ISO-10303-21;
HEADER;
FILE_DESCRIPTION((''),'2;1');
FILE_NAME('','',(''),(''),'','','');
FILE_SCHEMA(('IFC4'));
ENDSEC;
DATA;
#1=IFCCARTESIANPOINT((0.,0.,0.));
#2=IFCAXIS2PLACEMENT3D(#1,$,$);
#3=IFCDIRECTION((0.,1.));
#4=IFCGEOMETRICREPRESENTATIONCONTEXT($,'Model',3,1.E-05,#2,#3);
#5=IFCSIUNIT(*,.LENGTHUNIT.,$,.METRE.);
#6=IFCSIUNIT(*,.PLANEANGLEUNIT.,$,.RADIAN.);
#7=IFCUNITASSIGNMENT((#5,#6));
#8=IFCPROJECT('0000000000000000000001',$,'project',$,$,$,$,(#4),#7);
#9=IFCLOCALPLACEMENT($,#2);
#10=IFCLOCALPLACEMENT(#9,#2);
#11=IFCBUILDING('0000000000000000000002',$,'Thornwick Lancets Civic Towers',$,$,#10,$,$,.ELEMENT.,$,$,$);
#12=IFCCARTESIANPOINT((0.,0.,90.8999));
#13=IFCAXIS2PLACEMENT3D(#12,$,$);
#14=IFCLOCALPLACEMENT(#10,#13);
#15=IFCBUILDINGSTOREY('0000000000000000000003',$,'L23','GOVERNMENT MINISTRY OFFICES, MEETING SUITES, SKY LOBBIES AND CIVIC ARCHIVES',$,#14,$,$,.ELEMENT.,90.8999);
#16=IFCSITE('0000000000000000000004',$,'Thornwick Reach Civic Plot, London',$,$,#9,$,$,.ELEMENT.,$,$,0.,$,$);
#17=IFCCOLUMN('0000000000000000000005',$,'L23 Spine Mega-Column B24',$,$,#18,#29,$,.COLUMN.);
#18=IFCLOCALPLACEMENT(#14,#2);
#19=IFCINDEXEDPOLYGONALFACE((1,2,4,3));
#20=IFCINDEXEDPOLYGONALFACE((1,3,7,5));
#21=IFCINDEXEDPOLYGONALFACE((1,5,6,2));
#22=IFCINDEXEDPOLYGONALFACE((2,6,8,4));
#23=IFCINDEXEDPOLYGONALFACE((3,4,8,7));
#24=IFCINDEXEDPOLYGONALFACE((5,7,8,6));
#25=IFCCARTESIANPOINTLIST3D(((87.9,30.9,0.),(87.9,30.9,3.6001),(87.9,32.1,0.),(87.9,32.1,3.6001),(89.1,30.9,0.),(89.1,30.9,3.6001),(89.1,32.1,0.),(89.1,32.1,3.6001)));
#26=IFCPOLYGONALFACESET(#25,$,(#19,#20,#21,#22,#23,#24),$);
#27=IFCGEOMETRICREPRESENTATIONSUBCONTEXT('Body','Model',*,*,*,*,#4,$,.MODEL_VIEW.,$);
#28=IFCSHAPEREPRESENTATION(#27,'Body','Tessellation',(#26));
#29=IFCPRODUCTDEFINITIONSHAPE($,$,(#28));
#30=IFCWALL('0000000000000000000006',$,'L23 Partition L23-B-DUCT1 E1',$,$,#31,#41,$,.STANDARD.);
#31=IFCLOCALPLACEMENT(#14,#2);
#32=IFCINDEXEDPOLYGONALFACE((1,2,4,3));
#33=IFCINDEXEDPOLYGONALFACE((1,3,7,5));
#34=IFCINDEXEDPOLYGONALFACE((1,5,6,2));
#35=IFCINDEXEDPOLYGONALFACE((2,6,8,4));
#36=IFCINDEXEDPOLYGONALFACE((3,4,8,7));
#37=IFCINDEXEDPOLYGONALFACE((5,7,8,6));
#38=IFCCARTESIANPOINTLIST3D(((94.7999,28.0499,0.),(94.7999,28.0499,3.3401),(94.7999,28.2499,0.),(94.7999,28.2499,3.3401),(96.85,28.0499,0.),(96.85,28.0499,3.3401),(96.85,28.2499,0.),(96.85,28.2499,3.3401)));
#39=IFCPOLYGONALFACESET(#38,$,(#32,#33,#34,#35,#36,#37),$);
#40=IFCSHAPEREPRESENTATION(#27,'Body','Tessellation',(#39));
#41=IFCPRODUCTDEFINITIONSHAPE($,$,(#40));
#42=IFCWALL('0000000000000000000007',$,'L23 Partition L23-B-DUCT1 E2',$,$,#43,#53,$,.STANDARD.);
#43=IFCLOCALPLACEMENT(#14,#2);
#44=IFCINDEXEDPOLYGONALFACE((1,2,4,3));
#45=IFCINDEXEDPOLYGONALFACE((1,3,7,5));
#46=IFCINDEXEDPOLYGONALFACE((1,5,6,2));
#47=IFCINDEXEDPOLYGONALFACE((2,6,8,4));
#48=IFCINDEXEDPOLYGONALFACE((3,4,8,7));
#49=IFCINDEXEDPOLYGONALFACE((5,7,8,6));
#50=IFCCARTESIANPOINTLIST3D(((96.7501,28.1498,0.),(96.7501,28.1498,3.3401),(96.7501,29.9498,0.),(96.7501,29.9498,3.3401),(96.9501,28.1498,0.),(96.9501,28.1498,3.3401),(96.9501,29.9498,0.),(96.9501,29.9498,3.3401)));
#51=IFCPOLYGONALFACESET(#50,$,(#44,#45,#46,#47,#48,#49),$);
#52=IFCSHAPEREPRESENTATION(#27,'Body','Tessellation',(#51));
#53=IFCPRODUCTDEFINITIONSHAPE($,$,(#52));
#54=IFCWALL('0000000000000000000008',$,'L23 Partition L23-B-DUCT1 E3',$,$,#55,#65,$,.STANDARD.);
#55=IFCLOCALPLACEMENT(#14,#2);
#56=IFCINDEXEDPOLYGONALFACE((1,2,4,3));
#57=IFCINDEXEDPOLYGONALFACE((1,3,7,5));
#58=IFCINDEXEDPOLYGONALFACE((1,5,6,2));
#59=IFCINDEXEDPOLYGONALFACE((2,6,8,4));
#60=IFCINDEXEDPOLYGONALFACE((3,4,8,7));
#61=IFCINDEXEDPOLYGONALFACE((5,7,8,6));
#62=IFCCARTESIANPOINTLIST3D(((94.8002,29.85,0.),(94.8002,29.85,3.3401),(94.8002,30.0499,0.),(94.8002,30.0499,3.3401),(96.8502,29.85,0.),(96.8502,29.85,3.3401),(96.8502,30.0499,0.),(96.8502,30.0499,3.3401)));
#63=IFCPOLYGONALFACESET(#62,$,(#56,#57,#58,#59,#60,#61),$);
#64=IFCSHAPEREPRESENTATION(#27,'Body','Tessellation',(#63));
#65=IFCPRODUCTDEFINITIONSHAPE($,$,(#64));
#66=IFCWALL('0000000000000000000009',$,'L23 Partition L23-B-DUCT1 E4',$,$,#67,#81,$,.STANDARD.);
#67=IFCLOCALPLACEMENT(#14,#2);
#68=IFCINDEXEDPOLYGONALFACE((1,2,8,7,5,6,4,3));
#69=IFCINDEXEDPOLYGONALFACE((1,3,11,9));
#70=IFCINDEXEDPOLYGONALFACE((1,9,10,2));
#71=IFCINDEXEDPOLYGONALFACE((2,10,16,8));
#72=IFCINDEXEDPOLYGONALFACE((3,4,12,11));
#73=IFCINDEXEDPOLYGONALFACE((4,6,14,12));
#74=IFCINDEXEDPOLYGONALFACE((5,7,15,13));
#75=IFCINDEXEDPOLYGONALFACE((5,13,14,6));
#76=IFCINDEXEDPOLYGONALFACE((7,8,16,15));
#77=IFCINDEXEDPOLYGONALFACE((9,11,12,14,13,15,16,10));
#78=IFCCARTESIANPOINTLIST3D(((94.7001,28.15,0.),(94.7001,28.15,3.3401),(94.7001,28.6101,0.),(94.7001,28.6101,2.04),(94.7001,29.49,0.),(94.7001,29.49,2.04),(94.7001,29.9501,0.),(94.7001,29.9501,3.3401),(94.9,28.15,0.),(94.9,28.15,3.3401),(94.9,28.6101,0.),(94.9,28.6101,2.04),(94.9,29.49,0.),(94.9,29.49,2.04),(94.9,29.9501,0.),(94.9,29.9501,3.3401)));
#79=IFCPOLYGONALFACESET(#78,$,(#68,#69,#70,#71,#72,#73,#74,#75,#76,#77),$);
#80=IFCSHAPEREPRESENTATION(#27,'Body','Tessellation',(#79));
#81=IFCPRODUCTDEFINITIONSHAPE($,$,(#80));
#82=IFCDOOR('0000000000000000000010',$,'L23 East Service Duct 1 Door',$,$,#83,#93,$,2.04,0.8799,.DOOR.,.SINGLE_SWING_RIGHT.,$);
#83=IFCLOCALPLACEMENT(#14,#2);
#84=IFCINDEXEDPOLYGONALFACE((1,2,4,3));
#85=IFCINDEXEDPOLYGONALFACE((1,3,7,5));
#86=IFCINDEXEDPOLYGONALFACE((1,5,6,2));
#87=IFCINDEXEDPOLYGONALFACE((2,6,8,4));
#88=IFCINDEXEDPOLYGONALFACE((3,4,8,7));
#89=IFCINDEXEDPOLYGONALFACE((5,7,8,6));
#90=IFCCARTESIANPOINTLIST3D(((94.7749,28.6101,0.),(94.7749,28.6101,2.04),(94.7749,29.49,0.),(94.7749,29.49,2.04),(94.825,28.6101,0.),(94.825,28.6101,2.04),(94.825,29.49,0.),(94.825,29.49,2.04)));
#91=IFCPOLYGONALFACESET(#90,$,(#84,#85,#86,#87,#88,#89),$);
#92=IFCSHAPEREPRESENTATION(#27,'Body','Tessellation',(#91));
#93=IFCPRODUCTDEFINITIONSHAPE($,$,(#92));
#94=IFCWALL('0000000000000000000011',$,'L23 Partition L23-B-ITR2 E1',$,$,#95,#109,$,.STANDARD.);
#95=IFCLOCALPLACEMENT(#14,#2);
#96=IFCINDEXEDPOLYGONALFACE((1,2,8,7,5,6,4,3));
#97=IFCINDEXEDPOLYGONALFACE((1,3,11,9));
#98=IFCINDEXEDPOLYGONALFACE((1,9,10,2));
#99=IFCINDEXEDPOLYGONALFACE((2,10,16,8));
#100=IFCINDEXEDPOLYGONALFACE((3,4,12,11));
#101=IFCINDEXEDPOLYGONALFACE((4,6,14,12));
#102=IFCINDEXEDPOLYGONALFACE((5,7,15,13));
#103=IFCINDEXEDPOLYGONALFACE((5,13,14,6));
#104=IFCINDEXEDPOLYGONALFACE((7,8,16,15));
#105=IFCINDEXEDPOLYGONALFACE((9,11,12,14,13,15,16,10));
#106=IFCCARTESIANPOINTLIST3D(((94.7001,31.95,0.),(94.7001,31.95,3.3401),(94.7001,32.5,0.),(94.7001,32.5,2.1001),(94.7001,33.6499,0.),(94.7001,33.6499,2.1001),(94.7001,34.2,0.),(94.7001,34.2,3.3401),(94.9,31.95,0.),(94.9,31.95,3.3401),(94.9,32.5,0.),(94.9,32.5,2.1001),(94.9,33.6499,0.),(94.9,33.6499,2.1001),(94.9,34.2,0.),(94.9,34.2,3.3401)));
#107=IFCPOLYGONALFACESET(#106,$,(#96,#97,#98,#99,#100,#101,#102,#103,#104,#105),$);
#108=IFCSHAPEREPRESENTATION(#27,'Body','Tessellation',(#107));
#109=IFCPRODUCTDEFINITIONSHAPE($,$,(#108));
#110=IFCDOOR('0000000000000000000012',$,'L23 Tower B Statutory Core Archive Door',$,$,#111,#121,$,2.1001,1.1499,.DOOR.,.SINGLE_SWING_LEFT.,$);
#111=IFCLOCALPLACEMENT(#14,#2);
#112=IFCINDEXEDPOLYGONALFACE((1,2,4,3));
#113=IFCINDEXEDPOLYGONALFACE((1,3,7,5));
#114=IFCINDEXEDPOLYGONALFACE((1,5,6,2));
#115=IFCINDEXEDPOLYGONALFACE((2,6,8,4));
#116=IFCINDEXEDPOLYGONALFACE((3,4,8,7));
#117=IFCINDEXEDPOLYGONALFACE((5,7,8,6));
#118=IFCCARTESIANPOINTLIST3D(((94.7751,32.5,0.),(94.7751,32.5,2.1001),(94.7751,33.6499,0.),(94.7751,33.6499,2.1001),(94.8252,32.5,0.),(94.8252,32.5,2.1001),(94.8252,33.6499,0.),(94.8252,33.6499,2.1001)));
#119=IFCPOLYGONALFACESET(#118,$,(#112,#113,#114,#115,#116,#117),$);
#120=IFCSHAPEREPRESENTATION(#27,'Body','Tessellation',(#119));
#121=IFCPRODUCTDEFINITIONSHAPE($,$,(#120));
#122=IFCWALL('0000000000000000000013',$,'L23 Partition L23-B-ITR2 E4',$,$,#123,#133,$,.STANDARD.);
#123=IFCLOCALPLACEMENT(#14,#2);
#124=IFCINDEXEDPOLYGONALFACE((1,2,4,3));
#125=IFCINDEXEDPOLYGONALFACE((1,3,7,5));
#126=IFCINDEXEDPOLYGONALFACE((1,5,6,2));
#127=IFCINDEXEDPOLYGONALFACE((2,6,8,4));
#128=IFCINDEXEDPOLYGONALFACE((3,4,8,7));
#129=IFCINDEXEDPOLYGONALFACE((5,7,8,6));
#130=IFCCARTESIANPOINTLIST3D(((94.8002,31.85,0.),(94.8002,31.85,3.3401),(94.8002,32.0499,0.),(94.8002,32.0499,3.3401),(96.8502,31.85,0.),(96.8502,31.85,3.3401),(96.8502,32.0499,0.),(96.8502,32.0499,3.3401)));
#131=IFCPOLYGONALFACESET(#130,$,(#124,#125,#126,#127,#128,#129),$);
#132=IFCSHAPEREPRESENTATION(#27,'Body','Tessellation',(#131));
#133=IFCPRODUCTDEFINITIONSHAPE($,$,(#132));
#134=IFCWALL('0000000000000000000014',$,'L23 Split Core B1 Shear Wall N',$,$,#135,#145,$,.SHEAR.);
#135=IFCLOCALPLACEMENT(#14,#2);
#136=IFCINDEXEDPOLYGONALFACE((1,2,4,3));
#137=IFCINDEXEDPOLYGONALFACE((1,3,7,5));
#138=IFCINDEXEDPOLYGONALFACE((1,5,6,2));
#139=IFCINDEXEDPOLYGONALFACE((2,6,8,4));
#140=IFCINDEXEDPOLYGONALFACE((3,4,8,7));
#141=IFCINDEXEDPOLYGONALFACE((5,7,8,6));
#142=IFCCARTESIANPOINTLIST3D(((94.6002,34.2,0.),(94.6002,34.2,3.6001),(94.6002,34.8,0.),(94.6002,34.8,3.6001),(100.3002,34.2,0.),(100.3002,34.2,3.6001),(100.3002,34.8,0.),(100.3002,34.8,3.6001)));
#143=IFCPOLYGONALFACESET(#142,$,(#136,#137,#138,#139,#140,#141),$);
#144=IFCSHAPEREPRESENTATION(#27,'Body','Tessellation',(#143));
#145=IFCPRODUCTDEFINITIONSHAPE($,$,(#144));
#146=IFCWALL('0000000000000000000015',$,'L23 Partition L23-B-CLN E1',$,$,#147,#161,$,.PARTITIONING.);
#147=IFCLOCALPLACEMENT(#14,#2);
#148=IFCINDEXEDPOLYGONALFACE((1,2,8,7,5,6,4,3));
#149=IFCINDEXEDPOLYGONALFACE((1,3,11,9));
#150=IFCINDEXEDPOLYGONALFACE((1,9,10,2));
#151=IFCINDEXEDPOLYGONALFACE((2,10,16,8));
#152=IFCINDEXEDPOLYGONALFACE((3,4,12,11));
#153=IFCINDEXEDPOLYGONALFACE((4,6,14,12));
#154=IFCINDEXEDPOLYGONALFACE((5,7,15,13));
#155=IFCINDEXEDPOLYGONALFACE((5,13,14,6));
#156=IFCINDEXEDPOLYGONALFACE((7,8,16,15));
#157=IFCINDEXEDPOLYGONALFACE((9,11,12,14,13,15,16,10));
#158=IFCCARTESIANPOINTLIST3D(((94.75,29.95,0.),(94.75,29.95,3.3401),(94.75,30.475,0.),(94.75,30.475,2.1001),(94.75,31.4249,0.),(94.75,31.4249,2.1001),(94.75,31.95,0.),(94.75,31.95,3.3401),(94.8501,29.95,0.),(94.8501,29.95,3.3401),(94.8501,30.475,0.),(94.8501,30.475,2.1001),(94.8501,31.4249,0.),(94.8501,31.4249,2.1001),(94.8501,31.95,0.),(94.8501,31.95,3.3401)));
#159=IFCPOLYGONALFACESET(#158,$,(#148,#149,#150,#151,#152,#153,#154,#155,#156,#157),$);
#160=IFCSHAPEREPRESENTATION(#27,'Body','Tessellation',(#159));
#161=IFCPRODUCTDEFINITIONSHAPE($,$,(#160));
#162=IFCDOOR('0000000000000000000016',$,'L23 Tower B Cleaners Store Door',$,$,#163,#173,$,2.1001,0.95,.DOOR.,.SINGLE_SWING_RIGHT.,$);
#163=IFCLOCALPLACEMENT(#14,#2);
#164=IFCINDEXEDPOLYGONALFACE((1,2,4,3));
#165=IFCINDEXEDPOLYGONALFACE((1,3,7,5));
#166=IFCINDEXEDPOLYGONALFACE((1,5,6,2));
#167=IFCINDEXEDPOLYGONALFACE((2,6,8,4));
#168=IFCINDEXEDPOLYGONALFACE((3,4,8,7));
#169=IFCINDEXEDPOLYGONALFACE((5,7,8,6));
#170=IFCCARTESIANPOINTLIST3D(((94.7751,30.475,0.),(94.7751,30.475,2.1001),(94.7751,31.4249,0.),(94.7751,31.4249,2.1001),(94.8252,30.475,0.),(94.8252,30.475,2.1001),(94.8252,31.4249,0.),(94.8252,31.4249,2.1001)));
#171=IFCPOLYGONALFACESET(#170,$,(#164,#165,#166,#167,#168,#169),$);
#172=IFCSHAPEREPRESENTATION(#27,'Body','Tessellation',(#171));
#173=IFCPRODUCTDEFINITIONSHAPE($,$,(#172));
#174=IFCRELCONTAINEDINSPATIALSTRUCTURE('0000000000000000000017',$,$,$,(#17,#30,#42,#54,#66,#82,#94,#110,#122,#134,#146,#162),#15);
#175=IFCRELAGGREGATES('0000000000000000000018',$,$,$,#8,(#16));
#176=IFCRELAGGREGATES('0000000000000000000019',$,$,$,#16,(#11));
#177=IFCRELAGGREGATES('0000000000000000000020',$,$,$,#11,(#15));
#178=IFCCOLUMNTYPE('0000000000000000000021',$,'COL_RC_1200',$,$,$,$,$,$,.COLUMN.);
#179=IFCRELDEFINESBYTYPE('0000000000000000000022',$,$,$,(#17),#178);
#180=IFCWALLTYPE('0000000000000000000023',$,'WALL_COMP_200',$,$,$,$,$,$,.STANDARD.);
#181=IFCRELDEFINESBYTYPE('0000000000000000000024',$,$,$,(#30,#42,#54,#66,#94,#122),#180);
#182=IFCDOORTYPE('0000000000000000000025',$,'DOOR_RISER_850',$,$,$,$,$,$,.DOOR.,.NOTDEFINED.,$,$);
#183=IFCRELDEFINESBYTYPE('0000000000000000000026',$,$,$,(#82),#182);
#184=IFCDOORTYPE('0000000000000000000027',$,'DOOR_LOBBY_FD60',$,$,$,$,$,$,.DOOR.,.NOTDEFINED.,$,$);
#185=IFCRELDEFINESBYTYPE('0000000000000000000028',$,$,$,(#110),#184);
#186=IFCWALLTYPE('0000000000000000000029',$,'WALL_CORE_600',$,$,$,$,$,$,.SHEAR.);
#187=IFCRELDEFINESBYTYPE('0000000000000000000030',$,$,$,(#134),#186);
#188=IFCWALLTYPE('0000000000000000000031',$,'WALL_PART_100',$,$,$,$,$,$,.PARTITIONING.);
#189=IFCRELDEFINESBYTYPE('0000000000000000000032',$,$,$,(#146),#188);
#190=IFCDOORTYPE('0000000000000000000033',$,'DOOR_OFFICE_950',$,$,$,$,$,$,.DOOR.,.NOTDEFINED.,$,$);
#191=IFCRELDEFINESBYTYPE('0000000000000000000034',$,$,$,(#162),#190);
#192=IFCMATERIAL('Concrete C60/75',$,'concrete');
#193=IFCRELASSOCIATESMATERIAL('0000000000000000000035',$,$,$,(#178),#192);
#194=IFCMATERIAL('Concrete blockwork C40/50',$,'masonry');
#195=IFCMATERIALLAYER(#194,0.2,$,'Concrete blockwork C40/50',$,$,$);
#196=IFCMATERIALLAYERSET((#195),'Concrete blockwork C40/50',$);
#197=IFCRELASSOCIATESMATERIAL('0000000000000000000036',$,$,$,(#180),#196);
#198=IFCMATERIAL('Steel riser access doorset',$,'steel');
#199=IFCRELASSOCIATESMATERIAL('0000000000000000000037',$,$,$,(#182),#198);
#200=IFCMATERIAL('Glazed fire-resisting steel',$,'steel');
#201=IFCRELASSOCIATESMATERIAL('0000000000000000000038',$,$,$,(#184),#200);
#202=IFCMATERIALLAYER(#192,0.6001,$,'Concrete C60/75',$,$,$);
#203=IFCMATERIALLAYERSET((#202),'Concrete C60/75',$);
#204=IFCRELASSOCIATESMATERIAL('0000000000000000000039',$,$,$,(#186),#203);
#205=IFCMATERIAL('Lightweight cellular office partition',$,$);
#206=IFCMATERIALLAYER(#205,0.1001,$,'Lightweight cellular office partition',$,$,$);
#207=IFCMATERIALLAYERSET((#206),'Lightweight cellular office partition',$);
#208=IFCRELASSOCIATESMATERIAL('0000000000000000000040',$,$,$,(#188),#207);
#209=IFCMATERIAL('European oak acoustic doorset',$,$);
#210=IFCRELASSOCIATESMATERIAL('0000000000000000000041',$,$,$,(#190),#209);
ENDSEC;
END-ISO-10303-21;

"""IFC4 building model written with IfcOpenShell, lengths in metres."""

from ifc_helpers import new_model, si_unit, direction, frame, frame_2d, origin, origin_2d, place, context, subcontext, project, spatial, rectangle, extrude, material, layer, layer_set, material_profile, profile_set, type_object, element, fill, save


model = new_model("IFC4")

# Units and contexts
model_context = context("Model", 3, precision=1e-05, world=origin(), true_north=direction((0.0, 1.0)))
body_context = subcontext(model_context, "Body", "Model", "MODEL_VIEW")
ifc_project = project(units=[si_unit("LENGTHUNIT", "METRE"), si_unit("PLANEANGLEUNIT", "RADIAN")], contexts=[model_context])

# Site, building, storey
site_placement = place(None, origin())
site = spatial("IfcSite", under=ifc_project, at=site_placement, Name="Thornwick Reach Civic Plot, London", CompositionType="ELEMENT", RefElevation=0.0)
building_placement = place(site_placement, origin())
building = spatial("IfcBuilding", under=site, at=building_placement, Name="Thornwick Lancets Civic Towers", CompositionType="ELEMENT")
storey_placement = place(building_placement, frame((0.0, 0.0, 90.8999)))
storey = spatial("IfcBuildingStorey", under=building, at=storey_placement, Name="L23", Description="GOVERNMENT MINISTRY OFFICES, MEETING SUITES, SKY LOBBIES AND CIVIC ARCHIVES", CompositionType="ELEMENT", Elevation=90.8999)

# Column
ifc_material_1 = material(Name="Concrete C60/75", Category="concrete")
ifc_material_profile = material_profile(ifc_material_1, rectangle(XDim=1.2, YDim=1.2, at=origin_2d()), Name="RC 1200x1200")
ifc_profile_set = profile_set([ifc_material_profile], Name="Concrete C60/75")
column_type = type_object("IfcColumnType", Name="COL_RC_1200", PredefinedType="COLUMN", material=ifc_profile_set)
column_placement = place(storey_placement, frame((88.5, 31.5, 0.0), z_axis=(0.0, 0.0, 1.0), x_axis=(1.0, 0.0, 0.0)))
element("IfcColumn", 1, at=column_placement, inside=storey, type_object=column_type, Name="L23 Spine Mega-Column B24", PredefinedType="COLUMN", context=body_context, shape_type="SweptSolid", body=[
    extrude(rectangle(XDim=1.2, YDim=1.2, at=origin_2d()), origin(), (0.0, 0.0, 1.0), 3.6001),
])

# Walls
ifc_material_2 = material(Name="Concrete blockwork C40/50", Category="masonry")
ifc_layer_1 = layer(ifc_material_2, 0.2, Name="Concrete blockwork C40/50")
ifc_layer_set_1 = layer_set([ifc_layer_1], Name="Concrete blockwork C40/50")
wall_type_1 = type_object("IfcWallType", Name="WALL_COMP_200", PredefinedType="STANDARD", material=ifc_layer_set_1)
wall_1_placement = place(storey_placement, frame((94.8, 28.1499, 0.0), z_axis=(0.0, 0.0, 1.0), x_axis=(1.0, 0.0, 0.0)))
element("IfcWall", 2, at=wall_1_placement, inside=storey, type_object=wall_type_1, Name="L23 Partition L23-B-DUCT1 E1", PredefinedType="STANDARD", context=body_context, shape_type="SweptSolid", body=[
    extrude(rectangle(XDim=2.05, YDim=0.2, at=frame_2d((1.0249, 0.0))), origin(), (0.0, 0.0, 1.0), 3.3401),
])
wall_2_placement = place(storey_placement, frame((96.8501, 28.1499, 0.0), z_axis=(0.0, 0.0, 1.0), x_axis=(0.0, 1.0, 0.0)))
element("IfcWall", 3, at=wall_2_placement, inside=storey, type_object=wall_type_1, Name="L23 Partition L23-B-DUCT1 E2", PredefinedType="STANDARD", context=body_context, shape_type="SweptSolid", body=[
    extrude(rectangle(XDim=1.8, YDim=0.2, at=frame_2d((0.8999, 0.0))), origin(), (0.0, 0.0, 1.0), 3.3401),
])
wall_3_placement = place(storey_placement, frame((96.8501, 29.95, 0.0), z_axis=(0.0, 0.0, 1.0), x_axis=(-1.0, 0.0, 0.0)))
element("IfcWall", 4, at=wall_3_placement, inside=storey, type_object=wall_type_1, Name="L23 Partition L23-B-DUCT1 E3", PredefinedType="STANDARD", context=body_context, shape_type="SweptSolid", body=[
    extrude(rectangle(XDim=2.05, YDim=0.2, at=frame_2d((1.0249, 0.0))), origin(), (0.0, 0.0, 1.0), 3.3401),
])

# Walls, openings, doors
wall_4_placement = place(storey_placement, frame((94.8, 29.95, 0.0), z_axis=(0.0, 0.0, 1.0), x_axis=(0.0, -1.0, 0.0)))
wall_4 = element("IfcWall", 5, at=wall_4_placement, inside=storey, type_object=wall_type_1, Name="L23 Partition L23-B-DUCT1 E4", PredefinedType="STANDARD", context=body_context, shape_type="SweptSolid", body=[
    extrude(rectangle(XDim=1.8, YDim=0.2, at=frame_2d((0.8999, 0.0))), origin(), (0.0, 0.0, 1.0), 3.3401),
])
opening_1_placement = place(wall_4_placement, frame((0.46, 0.0, 0.0)))
opening_1 = element("IfcOpeningElement", 6, at=opening_1_placement, cuts=wall_4, PredefinedType="OPENING", context=body_context, shape_type="SweptSolid", body=[
    extrude(rectangle(XDim=0.8799, YDim=2.04, at=frame_2d((0.4399, 1.02))), frame((0.0, 0.1099, 0.0), z_axis=(0.0, -1.0, 0.0), x_axis=(1.0, 0.0, 0.0)), (0.0, 0.0, 1.0), 0.22),
])
ifc_material_3 = material(Name="Steel riser access doorset", Category="steel")
door_type_1 = type_object("IfcDoorType", Name="DOOR_RISER_850", OperationType="NOTDEFINED", PredefinedType="DOOR", material=ifc_material_3)
door_1_placement = place(opening_1_placement, origin())
door_1 = element("IfcDoor", 7, at=door_1_placement, inside=storey, type_object=door_type_1, Name="L23 East Service Duct 1 Door", OperationType="SINGLE_SWING_RIGHT", OverallHeight=2.04, OverallWidth=0.8799, PredefinedType="DOOR", context=body_context, shape_type="SweptSolid", body=[
    extrude(rectangle(XDim=0.8799, YDim=2.04, at=frame_2d((0.4399, 1.02))), frame((0.0, 0.0249, 0.0), z_axis=(0.0, -1.0, 0.0), x_axis=(1.0, 0.0, 0.0)), (0.0, 0.0, 1.0), 0.05),
])
fill(opening_1, door_1)
wall_5_placement = place(storey_placement, frame((94.8, 31.95, 0.0), z_axis=(0.0, 0.0, 1.0), x_axis=(0.0, 1.0, 0.0)))
wall_5 = element("IfcWall", 8, at=wall_5_placement, inside=storey, type_object=wall_type_1, Name="L23 Partition L23-B-ITR2 E1", PredefinedType="STANDARD", context=body_context, shape_type="SweptSolid", body=[
    extrude(rectangle(XDim=2.25, YDim=0.2, at=frame_2d((1.125, 0.0))), origin(), (0.0, 0.0, 1.0), 3.3401),
])
opening_2_placement = place(wall_5_placement, frame((0.55, 0.0, 0.0)))
opening_2 = element("IfcOpeningElement", 9, at=opening_2_placement, cuts=wall_5, PredefinedType="OPENING", context=body_context, shape_type="SweptSolid", body=[
    extrude(rectangle(XDim=1.1499, YDim=2.1001, at=frame_2d((0.575, 1.05))), frame((0.0, 0.1099, 0.0), z_axis=(0.0, -1.0, 0.0), x_axis=(1.0, 0.0, 0.0)), (0.0, 0.0, 1.0), 0.22),
])
ifc_material_4 = material(Name="Glazed fire-resisting steel", Category="steel")
door_type_2 = type_object("IfcDoorType", Name="DOOR_LOBBY_FD60", OperationType="NOTDEFINED", PredefinedType="DOOR", material=ifc_material_4)
door_2_placement = place(opening_2_placement, origin())
door_2 = element("IfcDoor", 10, at=door_2_placement, inside=storey, type_object=door_type_2, Name="L23 Tower B Statutory Core Archive Door", OperationType="SINGLE_SWING_LEFT", OverallHeight=2.1001, OverallWidth=1.1499, PredefinedType="DOOR", context=body_context, shape_type="SweptSolid", body=[
    extrude(rectangle(XDim=1.1499, YDim=2.1001, at=frame_2d((0.575, 1.05))), frame((0.0, 0.0249, 0.0), z_axis=(0.0, -1.0, 0.0), x_axis=(1.0, 0.0, 0.0)), (0.0, 0.0, 1.0), 0.05),
])
fill(opening_2, door_2)

# Walls
wall_6_placement = place(storey_placement, frame((96.8501, 31.95, 0.0), z_axis=(0.0, 0.0, 1.0), x_axis=(-1.0, 0.0, 0.0)))
element("IfcWall", 11, at=wall_6_placement, inside=storey, type_object=wall_type_1, Name="L23 Partition L23-B-ITR2 E4", PredefinedType="STANDARD", context=body_context, shape_type="SweptSolid", body=[
    extrude(rectangle(XDim=2.05, YDim=0.2, at=frame_2d((1.0249, 0.0))), origin(), (0.0, 0.0, 1.0), 3.3401),
])
ifc_layer_2 = layer(ifc_material_1, 0.6001, Name="Concrete C60/75")
ifc_layer_set_2 = layer_set([ifc_layer_2], Name="Concrete C60/75")
wall_type_2 = type_object("IfcWallType", Name="WALL_CORE_600", PredefinedType="SHEAR", material=ifc_layer_set_2)
wall_7_placement = place(storey_placement, frame((94.6001, 34.5, 0.0), z_axis=(0.0, 0.0, 1.0), x_axis=(1.0, 0.0, 0.0)))
element("IfcWall", 12, at=wall_7_placement, inside=storey, type_object=wall_type_2, Name="L23 Split Core B1 Shear Wall N", PredefinedType="SHEAR", context=body_context, shape_type="SweptSolid", body=[
    extrude(rectangle(XDim=5.7, YDim=0.6001, at=frame_2d((2.8501, 0.0))), origin(), (0.0, 0.0, 1.0), 3.6001),
])

# Wall, opening, door
ifc_material_5 = material(Name="Lightweight cellular office partition")
ifc_layer_3 = layer(ifc_material_5, 0.1001, Name="Lightweight cellular office partition")
ifc_layer_set_3 = layer_set([ifc_layer_3], Name="Lightweight cellular office partition")
wall_type_3 = type_object("IfcWallType", Name="WALL_PART_100", PredefinedType="PARTITIONING", material=ifc_layer_set_3)
wall_8_placement = place(storey_placement, frame((94.8, 29.95, 0.0), z_axis=(0.0, 0.0, 1.0), x_axis=(0.0, 1.0, 0.0)))
wall_8 = element("IfcWall", 13, at=wall_8_placement, inside=storey, type_object=wall_type_3, Name="L23 Partition L23-B-CLN E1", PredefinedType="PARTITIONING", context=body_context, shape_type="SweptSolid", body=[
    extrude(rectangle(XDim=2.0, YDim=0.1001, at=frame_2d((1.0, 0.0))), origin(), (0.0, 0.0, 1.0), 3.3401),
])
opening_3_placement = place(wall_8_placement, frame((0.5249, 0.0, 0.0)))
opening_3 = element("IfcOpeningElement", 14, at=opening_3_placement, cuts=wall_8, PredefinedType="OPENING", context=body_context, shape_type="SweptSolid", body=[
    extrude(rectangle(XDim=0.95, YDim=2.1001, at=frame_2d((0.4751, 1.05))), frame((0.0, 0.0601, 0.0), z_axis=(0.0, -1.0, 0.0), x_axis=(1.0, 0.0, 0.0)), (0.0, 0.0, 1.0), 0.1201),
])
ifc_material_6 = material(Name="European oak acoustic doorset")
door_type_3 = type_object("IfcDoorType", Name="DOOR_OFFICE_950", OperationType="NOTDEFINED", PredefinedType="DOOR", material=ifc_material_6)
door_3_placement = place(opening_3_placement, origin())
door_3 = element("IfcDoor", 15, at=door_3_placement, inside=storey, type_object=door_type_3, Name="L23 Tower B Cleaners Store Door", OperationType="SINGLE_SWING_RIGHT", OverallHeight=2.1001, OverallWidth=0.95, PredefinedType="DOOR", context=body_context, shape_type="SweptSolid", body=[
    extrude(rectangle(XDim=0.95, YDim=2.1001, at=frame_2d((0.4751, 1.05))), frame((0.0, 0.0249, 0.0), z_axis=(0.0, -1.0, 0.0), x_axis=(1.0, 0.0, 0.0)), (0.0, 0.0, 1.0), 0.05),
])
fill(opening_3, door_3)

save(model, "model.ifc")
